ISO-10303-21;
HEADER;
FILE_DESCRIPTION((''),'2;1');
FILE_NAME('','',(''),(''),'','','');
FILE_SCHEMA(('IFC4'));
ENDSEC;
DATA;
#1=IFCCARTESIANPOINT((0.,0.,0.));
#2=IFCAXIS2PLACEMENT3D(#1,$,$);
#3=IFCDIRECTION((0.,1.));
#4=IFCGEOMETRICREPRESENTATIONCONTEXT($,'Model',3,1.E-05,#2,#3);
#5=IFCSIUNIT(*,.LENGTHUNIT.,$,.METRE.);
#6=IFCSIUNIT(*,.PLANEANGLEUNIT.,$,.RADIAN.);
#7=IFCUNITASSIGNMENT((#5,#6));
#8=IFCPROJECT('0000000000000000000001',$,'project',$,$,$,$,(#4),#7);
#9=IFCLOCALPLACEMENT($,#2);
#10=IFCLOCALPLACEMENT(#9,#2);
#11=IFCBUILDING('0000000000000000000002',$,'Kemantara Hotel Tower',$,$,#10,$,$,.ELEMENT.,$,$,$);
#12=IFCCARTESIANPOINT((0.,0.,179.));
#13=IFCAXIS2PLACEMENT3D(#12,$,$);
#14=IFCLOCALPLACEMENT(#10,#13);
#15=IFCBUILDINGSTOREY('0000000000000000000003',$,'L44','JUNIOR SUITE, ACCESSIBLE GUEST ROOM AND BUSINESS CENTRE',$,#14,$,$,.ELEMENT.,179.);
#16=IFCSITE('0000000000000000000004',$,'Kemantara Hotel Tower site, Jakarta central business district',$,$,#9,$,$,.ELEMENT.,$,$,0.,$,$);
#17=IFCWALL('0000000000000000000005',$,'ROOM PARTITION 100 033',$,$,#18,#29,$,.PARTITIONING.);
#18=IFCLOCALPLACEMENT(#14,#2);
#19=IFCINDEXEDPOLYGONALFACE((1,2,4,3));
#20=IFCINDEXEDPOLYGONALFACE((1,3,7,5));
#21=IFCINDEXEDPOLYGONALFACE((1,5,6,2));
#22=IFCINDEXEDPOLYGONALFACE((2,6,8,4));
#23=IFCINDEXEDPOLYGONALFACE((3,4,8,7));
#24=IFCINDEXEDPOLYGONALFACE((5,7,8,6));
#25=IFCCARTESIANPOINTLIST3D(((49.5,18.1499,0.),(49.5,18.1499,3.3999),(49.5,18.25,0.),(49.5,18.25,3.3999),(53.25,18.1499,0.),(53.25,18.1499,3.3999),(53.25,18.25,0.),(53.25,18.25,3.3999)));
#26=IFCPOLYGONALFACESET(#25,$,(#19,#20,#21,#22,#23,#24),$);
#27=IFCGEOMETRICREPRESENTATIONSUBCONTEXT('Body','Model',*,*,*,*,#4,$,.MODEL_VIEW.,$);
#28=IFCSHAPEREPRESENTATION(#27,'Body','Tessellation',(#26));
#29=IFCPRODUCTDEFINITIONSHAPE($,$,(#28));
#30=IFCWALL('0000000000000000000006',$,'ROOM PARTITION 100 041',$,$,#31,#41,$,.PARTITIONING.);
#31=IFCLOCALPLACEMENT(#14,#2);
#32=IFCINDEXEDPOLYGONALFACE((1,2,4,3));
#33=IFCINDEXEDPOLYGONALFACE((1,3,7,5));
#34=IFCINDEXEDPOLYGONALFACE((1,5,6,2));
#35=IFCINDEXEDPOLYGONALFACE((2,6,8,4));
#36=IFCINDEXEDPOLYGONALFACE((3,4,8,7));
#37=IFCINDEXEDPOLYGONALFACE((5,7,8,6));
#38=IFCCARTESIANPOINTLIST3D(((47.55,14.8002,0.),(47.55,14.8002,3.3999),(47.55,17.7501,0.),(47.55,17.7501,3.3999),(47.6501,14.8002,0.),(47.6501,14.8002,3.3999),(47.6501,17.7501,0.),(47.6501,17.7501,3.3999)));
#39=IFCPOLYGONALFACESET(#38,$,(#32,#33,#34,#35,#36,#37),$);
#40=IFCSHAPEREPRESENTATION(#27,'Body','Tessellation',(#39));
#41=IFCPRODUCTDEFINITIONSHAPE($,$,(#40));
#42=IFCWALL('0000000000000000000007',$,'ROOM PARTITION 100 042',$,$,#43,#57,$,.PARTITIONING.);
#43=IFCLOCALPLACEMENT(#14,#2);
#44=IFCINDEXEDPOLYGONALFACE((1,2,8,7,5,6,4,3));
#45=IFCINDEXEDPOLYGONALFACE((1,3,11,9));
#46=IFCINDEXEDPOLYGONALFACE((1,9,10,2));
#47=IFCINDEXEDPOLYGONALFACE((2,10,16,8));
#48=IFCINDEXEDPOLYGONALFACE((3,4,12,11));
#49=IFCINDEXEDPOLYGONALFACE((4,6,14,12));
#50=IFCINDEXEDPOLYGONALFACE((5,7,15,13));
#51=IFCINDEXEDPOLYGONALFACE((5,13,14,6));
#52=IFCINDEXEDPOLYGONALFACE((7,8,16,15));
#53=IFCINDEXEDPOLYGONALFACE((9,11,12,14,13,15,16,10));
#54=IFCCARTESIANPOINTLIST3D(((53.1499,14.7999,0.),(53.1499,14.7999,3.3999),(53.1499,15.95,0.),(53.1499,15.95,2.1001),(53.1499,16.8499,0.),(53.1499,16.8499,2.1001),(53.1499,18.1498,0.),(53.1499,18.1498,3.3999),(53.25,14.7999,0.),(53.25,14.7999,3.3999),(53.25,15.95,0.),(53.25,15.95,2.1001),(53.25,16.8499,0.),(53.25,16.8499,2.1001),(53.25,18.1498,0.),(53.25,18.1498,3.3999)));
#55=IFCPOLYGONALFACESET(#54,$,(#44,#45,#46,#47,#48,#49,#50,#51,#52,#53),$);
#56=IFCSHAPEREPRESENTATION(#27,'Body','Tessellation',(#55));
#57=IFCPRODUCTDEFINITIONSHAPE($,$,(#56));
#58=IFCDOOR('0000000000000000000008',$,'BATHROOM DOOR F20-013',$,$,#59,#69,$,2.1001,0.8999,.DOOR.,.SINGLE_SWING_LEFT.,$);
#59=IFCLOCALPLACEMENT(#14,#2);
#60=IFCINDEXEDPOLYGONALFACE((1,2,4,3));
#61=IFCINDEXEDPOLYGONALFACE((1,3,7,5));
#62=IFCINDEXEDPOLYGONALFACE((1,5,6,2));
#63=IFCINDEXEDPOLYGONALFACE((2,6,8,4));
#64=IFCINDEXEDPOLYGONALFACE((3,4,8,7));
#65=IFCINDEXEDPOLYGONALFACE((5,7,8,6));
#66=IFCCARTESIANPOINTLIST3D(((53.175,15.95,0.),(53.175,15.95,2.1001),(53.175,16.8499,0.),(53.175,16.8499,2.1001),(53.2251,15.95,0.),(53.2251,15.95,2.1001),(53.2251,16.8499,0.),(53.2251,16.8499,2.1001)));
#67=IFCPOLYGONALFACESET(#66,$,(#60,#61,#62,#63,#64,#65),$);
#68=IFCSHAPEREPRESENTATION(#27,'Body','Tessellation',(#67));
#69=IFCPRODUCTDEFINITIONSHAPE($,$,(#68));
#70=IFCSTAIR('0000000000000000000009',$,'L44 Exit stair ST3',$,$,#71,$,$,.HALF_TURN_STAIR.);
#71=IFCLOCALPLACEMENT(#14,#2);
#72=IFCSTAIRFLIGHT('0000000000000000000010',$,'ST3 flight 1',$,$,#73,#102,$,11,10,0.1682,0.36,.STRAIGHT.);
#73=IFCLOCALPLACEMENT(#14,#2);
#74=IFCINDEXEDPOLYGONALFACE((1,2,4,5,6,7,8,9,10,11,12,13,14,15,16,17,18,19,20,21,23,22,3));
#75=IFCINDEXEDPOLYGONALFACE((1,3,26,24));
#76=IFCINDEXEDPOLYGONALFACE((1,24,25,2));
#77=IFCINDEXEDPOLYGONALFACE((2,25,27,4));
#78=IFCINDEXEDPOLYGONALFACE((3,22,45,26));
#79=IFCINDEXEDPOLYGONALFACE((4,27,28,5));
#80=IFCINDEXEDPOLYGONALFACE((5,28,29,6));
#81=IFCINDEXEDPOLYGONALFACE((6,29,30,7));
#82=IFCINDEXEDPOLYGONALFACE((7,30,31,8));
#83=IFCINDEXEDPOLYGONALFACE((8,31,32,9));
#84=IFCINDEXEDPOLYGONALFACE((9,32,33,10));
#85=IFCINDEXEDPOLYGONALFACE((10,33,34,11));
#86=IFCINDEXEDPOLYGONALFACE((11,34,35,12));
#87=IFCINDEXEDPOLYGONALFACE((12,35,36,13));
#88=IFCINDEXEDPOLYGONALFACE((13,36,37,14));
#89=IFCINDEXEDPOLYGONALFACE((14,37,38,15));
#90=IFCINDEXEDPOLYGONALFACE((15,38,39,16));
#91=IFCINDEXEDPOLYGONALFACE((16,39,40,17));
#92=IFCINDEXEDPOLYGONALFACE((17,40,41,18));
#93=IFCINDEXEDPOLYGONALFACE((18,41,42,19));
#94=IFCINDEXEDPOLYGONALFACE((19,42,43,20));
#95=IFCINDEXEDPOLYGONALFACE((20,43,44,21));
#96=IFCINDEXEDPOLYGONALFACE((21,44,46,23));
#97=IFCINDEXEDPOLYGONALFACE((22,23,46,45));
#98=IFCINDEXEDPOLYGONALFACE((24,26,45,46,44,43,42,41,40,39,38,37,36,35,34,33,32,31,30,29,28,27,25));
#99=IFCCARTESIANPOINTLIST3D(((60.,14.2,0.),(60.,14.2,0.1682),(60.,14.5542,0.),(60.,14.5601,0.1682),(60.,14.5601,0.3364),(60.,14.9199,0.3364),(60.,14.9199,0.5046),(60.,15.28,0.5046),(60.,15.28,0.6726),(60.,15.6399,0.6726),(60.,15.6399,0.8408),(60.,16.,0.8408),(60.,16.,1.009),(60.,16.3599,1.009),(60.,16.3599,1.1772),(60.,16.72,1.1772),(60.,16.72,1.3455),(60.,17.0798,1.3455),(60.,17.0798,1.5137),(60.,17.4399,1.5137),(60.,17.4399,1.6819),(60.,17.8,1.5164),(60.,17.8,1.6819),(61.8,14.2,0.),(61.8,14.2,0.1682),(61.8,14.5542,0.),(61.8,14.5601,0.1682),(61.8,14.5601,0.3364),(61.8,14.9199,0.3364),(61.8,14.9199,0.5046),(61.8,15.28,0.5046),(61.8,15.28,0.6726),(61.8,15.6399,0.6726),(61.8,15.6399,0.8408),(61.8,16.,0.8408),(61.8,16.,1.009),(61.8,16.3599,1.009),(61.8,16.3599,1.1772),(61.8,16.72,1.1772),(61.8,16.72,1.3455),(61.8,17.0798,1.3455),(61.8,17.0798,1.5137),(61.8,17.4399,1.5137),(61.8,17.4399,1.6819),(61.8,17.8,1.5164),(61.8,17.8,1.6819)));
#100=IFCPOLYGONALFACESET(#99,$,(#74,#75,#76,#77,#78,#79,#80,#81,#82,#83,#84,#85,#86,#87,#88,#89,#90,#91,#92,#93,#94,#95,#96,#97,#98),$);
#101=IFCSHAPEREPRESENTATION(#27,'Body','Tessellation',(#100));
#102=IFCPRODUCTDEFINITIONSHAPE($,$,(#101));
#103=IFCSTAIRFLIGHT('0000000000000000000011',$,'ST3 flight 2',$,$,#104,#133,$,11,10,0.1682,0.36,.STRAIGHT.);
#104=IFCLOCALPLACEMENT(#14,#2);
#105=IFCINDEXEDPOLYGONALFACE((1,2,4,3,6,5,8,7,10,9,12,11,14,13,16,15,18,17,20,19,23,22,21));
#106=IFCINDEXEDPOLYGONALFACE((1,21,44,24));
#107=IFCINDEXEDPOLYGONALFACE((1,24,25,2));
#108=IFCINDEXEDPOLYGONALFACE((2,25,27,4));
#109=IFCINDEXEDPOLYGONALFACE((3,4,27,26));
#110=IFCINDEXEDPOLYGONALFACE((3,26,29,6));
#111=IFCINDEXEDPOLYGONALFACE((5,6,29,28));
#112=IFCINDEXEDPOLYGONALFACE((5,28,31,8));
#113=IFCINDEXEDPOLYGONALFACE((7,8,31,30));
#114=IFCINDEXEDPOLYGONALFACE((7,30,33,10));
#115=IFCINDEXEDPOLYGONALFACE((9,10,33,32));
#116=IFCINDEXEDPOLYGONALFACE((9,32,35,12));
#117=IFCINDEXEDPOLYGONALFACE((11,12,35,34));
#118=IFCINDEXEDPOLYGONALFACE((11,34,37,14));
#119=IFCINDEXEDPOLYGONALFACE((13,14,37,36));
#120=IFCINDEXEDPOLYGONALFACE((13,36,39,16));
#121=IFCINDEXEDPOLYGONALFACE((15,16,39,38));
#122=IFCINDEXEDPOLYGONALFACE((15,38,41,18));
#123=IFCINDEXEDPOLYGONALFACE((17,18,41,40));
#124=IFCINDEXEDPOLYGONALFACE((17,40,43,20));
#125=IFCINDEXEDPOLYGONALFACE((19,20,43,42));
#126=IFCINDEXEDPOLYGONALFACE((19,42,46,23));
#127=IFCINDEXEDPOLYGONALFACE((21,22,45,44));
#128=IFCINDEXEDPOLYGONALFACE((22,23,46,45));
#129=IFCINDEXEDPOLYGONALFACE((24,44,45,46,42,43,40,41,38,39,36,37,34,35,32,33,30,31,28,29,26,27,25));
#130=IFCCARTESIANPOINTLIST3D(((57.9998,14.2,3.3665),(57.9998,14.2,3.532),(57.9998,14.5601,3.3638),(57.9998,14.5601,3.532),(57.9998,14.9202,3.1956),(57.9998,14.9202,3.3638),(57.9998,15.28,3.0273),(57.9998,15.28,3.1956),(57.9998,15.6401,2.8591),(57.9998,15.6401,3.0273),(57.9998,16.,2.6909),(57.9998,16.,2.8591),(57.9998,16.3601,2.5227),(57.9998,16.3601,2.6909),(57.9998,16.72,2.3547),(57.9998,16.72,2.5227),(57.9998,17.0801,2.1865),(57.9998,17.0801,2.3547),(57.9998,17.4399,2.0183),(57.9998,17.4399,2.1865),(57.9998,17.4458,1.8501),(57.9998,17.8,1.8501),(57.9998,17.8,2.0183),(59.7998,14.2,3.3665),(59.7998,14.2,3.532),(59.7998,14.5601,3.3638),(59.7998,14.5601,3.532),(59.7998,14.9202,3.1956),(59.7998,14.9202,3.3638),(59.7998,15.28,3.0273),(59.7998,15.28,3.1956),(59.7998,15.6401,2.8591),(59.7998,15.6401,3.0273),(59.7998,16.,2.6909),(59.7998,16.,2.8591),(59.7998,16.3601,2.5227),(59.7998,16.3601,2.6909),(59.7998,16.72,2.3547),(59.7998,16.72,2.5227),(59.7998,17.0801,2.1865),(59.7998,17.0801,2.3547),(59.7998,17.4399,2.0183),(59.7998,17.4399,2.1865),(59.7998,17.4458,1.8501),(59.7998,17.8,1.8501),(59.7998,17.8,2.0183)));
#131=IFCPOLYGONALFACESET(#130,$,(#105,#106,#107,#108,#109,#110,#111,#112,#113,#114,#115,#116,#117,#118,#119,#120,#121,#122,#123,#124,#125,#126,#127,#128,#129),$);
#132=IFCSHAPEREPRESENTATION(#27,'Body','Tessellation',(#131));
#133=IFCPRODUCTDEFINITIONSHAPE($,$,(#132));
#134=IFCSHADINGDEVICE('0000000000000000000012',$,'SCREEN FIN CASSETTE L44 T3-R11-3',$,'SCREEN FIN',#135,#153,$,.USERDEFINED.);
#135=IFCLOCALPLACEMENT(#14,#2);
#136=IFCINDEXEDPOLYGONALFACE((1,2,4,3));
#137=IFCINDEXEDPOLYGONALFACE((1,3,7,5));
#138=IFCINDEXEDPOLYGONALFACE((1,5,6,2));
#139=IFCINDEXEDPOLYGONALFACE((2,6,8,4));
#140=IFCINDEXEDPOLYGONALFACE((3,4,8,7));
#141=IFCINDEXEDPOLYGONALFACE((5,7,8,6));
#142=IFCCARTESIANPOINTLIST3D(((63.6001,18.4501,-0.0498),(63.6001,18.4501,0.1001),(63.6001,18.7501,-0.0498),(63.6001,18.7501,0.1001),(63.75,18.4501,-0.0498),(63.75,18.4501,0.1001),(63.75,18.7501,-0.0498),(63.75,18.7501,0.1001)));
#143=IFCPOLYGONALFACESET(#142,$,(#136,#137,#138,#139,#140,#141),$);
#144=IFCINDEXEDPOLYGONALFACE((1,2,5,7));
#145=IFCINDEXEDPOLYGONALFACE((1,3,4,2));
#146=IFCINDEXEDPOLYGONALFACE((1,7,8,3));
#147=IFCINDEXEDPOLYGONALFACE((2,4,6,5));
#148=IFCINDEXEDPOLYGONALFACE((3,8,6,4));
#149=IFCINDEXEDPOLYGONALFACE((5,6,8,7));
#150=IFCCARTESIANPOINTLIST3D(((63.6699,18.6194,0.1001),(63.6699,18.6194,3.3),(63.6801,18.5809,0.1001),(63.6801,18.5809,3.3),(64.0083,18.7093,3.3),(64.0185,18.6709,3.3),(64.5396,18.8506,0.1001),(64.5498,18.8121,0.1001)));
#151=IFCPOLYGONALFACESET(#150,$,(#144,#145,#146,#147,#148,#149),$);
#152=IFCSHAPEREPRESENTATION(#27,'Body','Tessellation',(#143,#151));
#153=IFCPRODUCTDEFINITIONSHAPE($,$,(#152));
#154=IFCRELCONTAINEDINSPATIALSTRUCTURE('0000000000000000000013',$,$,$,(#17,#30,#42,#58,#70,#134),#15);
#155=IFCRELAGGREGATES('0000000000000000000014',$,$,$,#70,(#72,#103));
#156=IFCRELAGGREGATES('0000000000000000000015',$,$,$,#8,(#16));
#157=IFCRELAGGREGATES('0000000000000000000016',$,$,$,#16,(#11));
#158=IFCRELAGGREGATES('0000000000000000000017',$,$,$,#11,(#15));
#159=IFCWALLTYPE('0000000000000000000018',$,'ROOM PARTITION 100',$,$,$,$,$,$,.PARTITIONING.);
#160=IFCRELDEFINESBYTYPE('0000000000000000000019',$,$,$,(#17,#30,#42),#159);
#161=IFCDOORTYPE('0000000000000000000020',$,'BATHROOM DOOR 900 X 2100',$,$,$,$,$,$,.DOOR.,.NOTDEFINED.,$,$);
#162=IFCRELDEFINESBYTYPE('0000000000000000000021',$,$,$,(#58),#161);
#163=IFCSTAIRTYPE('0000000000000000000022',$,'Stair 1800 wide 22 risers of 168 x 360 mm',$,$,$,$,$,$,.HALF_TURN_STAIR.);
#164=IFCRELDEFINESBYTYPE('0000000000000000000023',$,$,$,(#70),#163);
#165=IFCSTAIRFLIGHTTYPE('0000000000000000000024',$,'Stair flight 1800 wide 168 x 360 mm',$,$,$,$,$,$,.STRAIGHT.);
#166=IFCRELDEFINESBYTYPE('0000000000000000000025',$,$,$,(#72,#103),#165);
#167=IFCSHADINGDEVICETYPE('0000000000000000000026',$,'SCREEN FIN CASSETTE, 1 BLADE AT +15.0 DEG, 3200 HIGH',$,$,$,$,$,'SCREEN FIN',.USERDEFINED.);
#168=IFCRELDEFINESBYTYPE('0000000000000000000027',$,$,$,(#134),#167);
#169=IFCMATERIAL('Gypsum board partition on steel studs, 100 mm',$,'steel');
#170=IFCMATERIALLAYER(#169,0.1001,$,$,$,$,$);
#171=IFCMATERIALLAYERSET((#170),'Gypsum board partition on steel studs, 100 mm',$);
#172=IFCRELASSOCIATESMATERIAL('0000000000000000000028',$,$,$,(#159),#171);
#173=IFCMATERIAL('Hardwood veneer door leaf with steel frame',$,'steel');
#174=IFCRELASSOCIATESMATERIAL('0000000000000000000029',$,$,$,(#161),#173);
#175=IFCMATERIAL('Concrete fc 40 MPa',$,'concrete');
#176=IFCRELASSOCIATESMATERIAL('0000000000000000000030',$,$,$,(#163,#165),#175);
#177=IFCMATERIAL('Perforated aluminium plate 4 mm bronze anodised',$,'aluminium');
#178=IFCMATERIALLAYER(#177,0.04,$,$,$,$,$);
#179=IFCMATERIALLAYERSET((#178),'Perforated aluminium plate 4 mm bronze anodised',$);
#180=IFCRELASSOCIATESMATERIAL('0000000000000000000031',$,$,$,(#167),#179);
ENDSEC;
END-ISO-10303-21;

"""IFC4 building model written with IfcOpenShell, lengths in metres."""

from ifc_helpers import new_model, si_unit, direction, frame, frame_2d, origin, origin_2d, place, context, subcontext, project, spatial, polyline, rectangle, outline, extrude, source, transform, mapped, material, layer, layer_set, type_object, element, fill, aggregate, save


model = new_model("IFC4")

# Units and contexts
model_context = context("Model", 3, precision=1e-05, world=origin(), true_north=direction((0.0, 1.0)))
body_context = subcontext(model_context, "Body", "Model", "MODEL_VIEW")
ifc_project = project(units=[si_unit("LENGTHUNIT", "METRE"), si_unit("PLANEANGLEUNIT", "RADIAN")], contexts=[model_context])

# Site, building, storey
site_placement = place(None, origin())
site = spatial("IfcSite", under=ifc_project, at=site_placement, Name="Kemantara Hotel Tower site, Jakarta central business district", CompositionType="ELEMENT", RefElevation=0.0)
building_placement = place(site_placement, origin())
building = spatial("IfcBuilding", under=site, at=building_placement, Name="Kemantara Hotel Tower", CompositionType="ELEMENT")
storey_placement = place(building_placement, frame((0.0, 0.0, 179.0)))
storey = spatial("IfcBuildingStorey", under=building, at=storey_placement, Name="L44", Description="JUNIOR SUITE, ACCESSIBLE GUEST ROOM AND BUSINESS CENTRE", CompositionType="ELEMENT", Elevation=179.0)

# Shared definitions
ifc_material_1 = material(Name="Concrete fc 40 MPa", Category="concrete")

# Walls
ifc_material_2 = material(Name="Gypsum board partition on steel studs, 100 mm", Category="steel")
ifc_layer_1 = layer(ifc_material_2, 0.1001)
ifc_layer_set_1 = layer_set([ifc_layer_1], Name="Gypsum board partition on steel studs, 100 mm")
wall_type_1 = type_object("IfcWallType", Name="ROOM PARTITION 100", PredefinedType="PARTITIONING", material=ifc_layer_set_1)
wall_1_placement = place(storey_placement, frame((49.5, 18.2, 0.0), z_axis=(0.0, 0.0, 1.0), x_axis=(1.0, 0.0, 0.0)))
element("IfcWall", 1, at=wall_1_placement, inside=storey, type_object=wall_type_1, Name="ROOM PARTITION 100 033", PredefinedType="PARTITIONING", context=body_context, shape_type="SweptSolid", body=[
    extrude(rectangle(XDim=3.75, YDim=0.1001, at=frame_2d((1.875, 0.0))), origin(), (0.0, 0.0, 1.0), 3.3999),
])
wall_2_placement = place(storey_placement, frame((47.6001, 14.8, 0.0), z_axis=(0.0, 0.0, 1.0), x_axis=(0.0, 1.0, 0.0)))
element("IfcWall", 2, at=wall_2_placement, inside=storey, type_object=wall_type_1, Name="ROOM PARTITION 100 041", PredefinedType="PARTITIONING", context=body_context, shape_type="SweptSolid", body=[
    extrude(rectangle(XDim=2.95, YDim=0.1001, at=frame_2d((1.4751, 0.0))), origin(), (0.0, 0.0, 1.0), 3.3999),
])

# Wall, opening, door
wall_3_placement = place(storey_placement, frame((53.2, 14.8, 0.0), z_axis=(0.0, 0.0, 1.0), x_axis=(0.0, 1.0, 0.0)))
wall_3 = element("IfcWall", 3, at=wall_3_placement, inside=storey, type_object=wall_type_1, Name="ROOM PARTITION 100 042", PredefinedType="PARTITIONING", context=body_context, shape_type="SweptSolid", body=[
    extrude(rectangle(XDim=3.3499, YDim=0.1001, at=frame_2d((1.6748, 0.0))), origin(), (0.0, 0.0, 1.0), 3.3999),
])
opening_1_placement = place(wall_3_placement, frame((1.1499, 0.0, 0.0)))
opening_1 = element("IfcOpeningElement", 4, at=opening_1_placement, cuts=wall_3, PredefinedType="OPENING", context=body_context, shape_type="SweptSolid", body=[
    extrude(rectangle(XDim=0.8999, YDim=2.1001, at=frame_2d((0.45, 1.05))), frame((0.0, 0.0601, 0.0), z_axis=(0.0, -1.0, 0.0), x_axis=(1.0, 0.0, 0.0)), (0.0, 0.0, 1.0), 0.1201),
])
ifc_material_3 = material(Name="Hardwood veneer door leaf with steel frame", Category="steel")
door_type_1 = type_object("IfcDoorType", Name="BATHROOM DOOR 900 X 2100", OperationType="NOTDEFINED", PredefinedType="DOOR", material=ifc_material_3)
door_1_placement = place(opening_1_placement, origin())
door_1 = element("IfcDoor", 5, at=door_1_placement, inside=storey, type_object=door_type_1, Name="BATHROOM DOOR F20-013", OperationType="SINGLE_SWING_LEFT", OverallHeight=2.1001, OverallWidth=0.8999, PredefinedType="DOOR", context=body_context, shape_type="SweptSolid", body=[
    extrude(rectangle(XDim=0.8999, YDim=2.1001, at=frame_2d((0.45, 1.05))), frame((0.0, 0.0249, 0.0), z_axis=(0.0, -1.0, 0.0), x_axis=(1.0, 0.0, 0.0)), (0.0, 0.0, 1.0), 0.05),
])
fill(opening_1, door_1)

# Stair, stair flights
stair_type = type_object("IfcStairType", Name="Stair 1800 wide 22 risers of 168 x 360 mm", PredefinedType="HALF_TURN_STAIR", material=ifc_material_1)
stair_placement = place(storey_placement, origin())
stair = element("IfcStair", 6, at=stair_placement, inside=storey, type_object=stair_type, Name="L44 Exit stair ST3", PredefinedType="HALF_TURN_STAIR")
stair_flight_type = type_object("IfcStairFlightType", Name="Stair flight 1800 wide 168 x 360 mm", PredefinedType="STRAIGHT", material=ifc_material_1)
stair_flight_1_placement = place(storey_placement, frame((60.8999, 14.2, 0.0), z_axis=(0.0, 0.0, 1.0), x_axis=(0.0, 1.0, 0.0)))
stair_flight_1 = element("IfcStairFlight", 7, at=stair_flight_1_placement, type_object=stair_flight_type, Name="ST3 flight 1", NumberOfRisers=11, NumberOfTreads=10, PredefinedType="STRAIGHT", RiserHeight=0.1682, TreadLength=0.36, context=body_context, shape_type="SweptSolid", body=[
    extrude(outline(polyline([(0.0, 0.0), (0.0, 0.1682), (0.3601, 0.1682), (0.3601, 0.3364), (0.72, 0.3364), (0.72, 0.5046), (1.0801, 0.5046), (1.0801, 0.6726), (1.4399, 0.6726), (1.4399, 0.8408), (1.8, 0.8408), (1.8, 1.009), (2.1599, 1.009), (2.1599, 1.1772), (2.52, 1.1772), (2.52, 1.3455), (2.8799, 1.3455), (2.8799, 1.5137), (3.24, 1.5137), (3.24, 1.6819), (3.6001, 1.6819), (3.6001, 1.8501), (3.6001, 1.5164), (0.3542, 0.0), (0.0, 0.0)])), frame((0.0, 0.8999, 0.0), z_axis=(0.0, -1.0, 0.0), x_axis=(1.0, 0.0, 0.0)), (0.0, 0.0, 1.0), 1.8),
])
stair_flight_2_placement = place(storey_placement, frame((58.8999, 17.8, 1.8501), z_axis=(0.0, 0.0, 1.0), x_axis=(0.0, -1.0, 0.0)))
stair_flight_2 = element("IfcStairFlight", 8, at=stair_flight_2_placement, type_object=stair_flight_type, Name="ST3 flight 2", NumberOfRisers=11, NumberOfTreads=10, PredefinedType="STRAIGHT", RiserHeight=0.1682, TreadLength=0.36, context=body_context, shape_type="SweptSolid", body=[
    extrude(outline(polyline([(0.0, 0.0), (0.0, 0.1682), (0.3601, 0.1682), (0.3601, 0.3364), (0.72, 0.3364), (0.72, 0.5046), (1.0801, 0.5046), (1.0801, 0.6726), (1.4399, 0.6726), (1.4399, 0.8408), (1.8, 0.8408), (1.8, 1.009), (2.1599, 1.009), (2.1599, 1.1772), (2.52, 1.1772), (2.52, 1.3455), (2.8799, 1.3455), (2.8799, 1.5137), (3.24, 1.5137), (3.24, 1.6819), (3.6001, 1.6819), (3.6001, 1.8501), (3.6001, 1.5164), (0.3542, 0.0), (0.0, 0.0)])), frame((0.0, 0.8999, 0.0), z_axis=(0.0, -1.0, 0.0), x_axis=(1.0, 0.0, 0.0)), (0.0, 0.0, 1.0), 1.8),
])
aggregate(stair, [stair_flight_1, stair_flight_2])

# Shading device
ifc_material_4 = material(Name="Perforated aluminium plate 4 mm bronze anodised", Category="aluminium")
ifc_layer_2 = layer(ifc_material_4, 0.04)
ifc_layer_set_2 = layer_set([ifc_layer_2], Name="Perforated aluminium plate 4 mm bronze anodised")
shading_device_type = type_object("IfcShadingDeviceType", Name="SCREEN FIN CASSETTE, 1 BLADE AT +15.0 DEG, 3200 HIGH", ElementType="SCREEN FIN", PredefinedType="USERDEFINED", material=ifc_layer_set_2)
shared_shape_1 = source(origin(), body_context, "Body", "SweptSolid", [
    extrude(rectangle(XDim=0.3, YDim=0.1499, at=origin_2d()), frame((0.0, -0.075, -0.1499), z_axis=(0.0, 0.0, 1.0), x_axis=(1.0, 0.0, 0.0)), (0.0, 0.0, 1.0), 0.1499),
    extrude(outline(polyline([(0.0, 0.0), (0.8999, 0.0), (0.3501, 3.2), (0.0, 3.2), (0.0, 0.0)])), frame((0.0193, -0.0698, 0.0), z_axis=(-0.966438, -0.256901, 0.0), x_axis=(0.256901, -0.966438, 0.0)), (0.0, 0.0, 1.0), 0.0398),
])
shading_device_placement = place(storey_placement, frame((63.6001, 18.6001, 0.1001), z_axis=(0.0, 0.0, 1.0), x_axis=(0.0, 1.0, 0.0)))
element("IfcShadingDevice", 9, at=shading_device_placement, inside=storey, type_object=shading_device_type, Name="SCREEN FIN CASSETTE L44 T3-R11-3", ObjectType="SCREEN FIN", PredefinedType="USERDEFINED", context=body_context, shape_type="MappedRepresentation", body=[
    mapped(shared_shape_1, transform((0.0, 0.0, 0.0))),
])

save(model, "model.ifc")
